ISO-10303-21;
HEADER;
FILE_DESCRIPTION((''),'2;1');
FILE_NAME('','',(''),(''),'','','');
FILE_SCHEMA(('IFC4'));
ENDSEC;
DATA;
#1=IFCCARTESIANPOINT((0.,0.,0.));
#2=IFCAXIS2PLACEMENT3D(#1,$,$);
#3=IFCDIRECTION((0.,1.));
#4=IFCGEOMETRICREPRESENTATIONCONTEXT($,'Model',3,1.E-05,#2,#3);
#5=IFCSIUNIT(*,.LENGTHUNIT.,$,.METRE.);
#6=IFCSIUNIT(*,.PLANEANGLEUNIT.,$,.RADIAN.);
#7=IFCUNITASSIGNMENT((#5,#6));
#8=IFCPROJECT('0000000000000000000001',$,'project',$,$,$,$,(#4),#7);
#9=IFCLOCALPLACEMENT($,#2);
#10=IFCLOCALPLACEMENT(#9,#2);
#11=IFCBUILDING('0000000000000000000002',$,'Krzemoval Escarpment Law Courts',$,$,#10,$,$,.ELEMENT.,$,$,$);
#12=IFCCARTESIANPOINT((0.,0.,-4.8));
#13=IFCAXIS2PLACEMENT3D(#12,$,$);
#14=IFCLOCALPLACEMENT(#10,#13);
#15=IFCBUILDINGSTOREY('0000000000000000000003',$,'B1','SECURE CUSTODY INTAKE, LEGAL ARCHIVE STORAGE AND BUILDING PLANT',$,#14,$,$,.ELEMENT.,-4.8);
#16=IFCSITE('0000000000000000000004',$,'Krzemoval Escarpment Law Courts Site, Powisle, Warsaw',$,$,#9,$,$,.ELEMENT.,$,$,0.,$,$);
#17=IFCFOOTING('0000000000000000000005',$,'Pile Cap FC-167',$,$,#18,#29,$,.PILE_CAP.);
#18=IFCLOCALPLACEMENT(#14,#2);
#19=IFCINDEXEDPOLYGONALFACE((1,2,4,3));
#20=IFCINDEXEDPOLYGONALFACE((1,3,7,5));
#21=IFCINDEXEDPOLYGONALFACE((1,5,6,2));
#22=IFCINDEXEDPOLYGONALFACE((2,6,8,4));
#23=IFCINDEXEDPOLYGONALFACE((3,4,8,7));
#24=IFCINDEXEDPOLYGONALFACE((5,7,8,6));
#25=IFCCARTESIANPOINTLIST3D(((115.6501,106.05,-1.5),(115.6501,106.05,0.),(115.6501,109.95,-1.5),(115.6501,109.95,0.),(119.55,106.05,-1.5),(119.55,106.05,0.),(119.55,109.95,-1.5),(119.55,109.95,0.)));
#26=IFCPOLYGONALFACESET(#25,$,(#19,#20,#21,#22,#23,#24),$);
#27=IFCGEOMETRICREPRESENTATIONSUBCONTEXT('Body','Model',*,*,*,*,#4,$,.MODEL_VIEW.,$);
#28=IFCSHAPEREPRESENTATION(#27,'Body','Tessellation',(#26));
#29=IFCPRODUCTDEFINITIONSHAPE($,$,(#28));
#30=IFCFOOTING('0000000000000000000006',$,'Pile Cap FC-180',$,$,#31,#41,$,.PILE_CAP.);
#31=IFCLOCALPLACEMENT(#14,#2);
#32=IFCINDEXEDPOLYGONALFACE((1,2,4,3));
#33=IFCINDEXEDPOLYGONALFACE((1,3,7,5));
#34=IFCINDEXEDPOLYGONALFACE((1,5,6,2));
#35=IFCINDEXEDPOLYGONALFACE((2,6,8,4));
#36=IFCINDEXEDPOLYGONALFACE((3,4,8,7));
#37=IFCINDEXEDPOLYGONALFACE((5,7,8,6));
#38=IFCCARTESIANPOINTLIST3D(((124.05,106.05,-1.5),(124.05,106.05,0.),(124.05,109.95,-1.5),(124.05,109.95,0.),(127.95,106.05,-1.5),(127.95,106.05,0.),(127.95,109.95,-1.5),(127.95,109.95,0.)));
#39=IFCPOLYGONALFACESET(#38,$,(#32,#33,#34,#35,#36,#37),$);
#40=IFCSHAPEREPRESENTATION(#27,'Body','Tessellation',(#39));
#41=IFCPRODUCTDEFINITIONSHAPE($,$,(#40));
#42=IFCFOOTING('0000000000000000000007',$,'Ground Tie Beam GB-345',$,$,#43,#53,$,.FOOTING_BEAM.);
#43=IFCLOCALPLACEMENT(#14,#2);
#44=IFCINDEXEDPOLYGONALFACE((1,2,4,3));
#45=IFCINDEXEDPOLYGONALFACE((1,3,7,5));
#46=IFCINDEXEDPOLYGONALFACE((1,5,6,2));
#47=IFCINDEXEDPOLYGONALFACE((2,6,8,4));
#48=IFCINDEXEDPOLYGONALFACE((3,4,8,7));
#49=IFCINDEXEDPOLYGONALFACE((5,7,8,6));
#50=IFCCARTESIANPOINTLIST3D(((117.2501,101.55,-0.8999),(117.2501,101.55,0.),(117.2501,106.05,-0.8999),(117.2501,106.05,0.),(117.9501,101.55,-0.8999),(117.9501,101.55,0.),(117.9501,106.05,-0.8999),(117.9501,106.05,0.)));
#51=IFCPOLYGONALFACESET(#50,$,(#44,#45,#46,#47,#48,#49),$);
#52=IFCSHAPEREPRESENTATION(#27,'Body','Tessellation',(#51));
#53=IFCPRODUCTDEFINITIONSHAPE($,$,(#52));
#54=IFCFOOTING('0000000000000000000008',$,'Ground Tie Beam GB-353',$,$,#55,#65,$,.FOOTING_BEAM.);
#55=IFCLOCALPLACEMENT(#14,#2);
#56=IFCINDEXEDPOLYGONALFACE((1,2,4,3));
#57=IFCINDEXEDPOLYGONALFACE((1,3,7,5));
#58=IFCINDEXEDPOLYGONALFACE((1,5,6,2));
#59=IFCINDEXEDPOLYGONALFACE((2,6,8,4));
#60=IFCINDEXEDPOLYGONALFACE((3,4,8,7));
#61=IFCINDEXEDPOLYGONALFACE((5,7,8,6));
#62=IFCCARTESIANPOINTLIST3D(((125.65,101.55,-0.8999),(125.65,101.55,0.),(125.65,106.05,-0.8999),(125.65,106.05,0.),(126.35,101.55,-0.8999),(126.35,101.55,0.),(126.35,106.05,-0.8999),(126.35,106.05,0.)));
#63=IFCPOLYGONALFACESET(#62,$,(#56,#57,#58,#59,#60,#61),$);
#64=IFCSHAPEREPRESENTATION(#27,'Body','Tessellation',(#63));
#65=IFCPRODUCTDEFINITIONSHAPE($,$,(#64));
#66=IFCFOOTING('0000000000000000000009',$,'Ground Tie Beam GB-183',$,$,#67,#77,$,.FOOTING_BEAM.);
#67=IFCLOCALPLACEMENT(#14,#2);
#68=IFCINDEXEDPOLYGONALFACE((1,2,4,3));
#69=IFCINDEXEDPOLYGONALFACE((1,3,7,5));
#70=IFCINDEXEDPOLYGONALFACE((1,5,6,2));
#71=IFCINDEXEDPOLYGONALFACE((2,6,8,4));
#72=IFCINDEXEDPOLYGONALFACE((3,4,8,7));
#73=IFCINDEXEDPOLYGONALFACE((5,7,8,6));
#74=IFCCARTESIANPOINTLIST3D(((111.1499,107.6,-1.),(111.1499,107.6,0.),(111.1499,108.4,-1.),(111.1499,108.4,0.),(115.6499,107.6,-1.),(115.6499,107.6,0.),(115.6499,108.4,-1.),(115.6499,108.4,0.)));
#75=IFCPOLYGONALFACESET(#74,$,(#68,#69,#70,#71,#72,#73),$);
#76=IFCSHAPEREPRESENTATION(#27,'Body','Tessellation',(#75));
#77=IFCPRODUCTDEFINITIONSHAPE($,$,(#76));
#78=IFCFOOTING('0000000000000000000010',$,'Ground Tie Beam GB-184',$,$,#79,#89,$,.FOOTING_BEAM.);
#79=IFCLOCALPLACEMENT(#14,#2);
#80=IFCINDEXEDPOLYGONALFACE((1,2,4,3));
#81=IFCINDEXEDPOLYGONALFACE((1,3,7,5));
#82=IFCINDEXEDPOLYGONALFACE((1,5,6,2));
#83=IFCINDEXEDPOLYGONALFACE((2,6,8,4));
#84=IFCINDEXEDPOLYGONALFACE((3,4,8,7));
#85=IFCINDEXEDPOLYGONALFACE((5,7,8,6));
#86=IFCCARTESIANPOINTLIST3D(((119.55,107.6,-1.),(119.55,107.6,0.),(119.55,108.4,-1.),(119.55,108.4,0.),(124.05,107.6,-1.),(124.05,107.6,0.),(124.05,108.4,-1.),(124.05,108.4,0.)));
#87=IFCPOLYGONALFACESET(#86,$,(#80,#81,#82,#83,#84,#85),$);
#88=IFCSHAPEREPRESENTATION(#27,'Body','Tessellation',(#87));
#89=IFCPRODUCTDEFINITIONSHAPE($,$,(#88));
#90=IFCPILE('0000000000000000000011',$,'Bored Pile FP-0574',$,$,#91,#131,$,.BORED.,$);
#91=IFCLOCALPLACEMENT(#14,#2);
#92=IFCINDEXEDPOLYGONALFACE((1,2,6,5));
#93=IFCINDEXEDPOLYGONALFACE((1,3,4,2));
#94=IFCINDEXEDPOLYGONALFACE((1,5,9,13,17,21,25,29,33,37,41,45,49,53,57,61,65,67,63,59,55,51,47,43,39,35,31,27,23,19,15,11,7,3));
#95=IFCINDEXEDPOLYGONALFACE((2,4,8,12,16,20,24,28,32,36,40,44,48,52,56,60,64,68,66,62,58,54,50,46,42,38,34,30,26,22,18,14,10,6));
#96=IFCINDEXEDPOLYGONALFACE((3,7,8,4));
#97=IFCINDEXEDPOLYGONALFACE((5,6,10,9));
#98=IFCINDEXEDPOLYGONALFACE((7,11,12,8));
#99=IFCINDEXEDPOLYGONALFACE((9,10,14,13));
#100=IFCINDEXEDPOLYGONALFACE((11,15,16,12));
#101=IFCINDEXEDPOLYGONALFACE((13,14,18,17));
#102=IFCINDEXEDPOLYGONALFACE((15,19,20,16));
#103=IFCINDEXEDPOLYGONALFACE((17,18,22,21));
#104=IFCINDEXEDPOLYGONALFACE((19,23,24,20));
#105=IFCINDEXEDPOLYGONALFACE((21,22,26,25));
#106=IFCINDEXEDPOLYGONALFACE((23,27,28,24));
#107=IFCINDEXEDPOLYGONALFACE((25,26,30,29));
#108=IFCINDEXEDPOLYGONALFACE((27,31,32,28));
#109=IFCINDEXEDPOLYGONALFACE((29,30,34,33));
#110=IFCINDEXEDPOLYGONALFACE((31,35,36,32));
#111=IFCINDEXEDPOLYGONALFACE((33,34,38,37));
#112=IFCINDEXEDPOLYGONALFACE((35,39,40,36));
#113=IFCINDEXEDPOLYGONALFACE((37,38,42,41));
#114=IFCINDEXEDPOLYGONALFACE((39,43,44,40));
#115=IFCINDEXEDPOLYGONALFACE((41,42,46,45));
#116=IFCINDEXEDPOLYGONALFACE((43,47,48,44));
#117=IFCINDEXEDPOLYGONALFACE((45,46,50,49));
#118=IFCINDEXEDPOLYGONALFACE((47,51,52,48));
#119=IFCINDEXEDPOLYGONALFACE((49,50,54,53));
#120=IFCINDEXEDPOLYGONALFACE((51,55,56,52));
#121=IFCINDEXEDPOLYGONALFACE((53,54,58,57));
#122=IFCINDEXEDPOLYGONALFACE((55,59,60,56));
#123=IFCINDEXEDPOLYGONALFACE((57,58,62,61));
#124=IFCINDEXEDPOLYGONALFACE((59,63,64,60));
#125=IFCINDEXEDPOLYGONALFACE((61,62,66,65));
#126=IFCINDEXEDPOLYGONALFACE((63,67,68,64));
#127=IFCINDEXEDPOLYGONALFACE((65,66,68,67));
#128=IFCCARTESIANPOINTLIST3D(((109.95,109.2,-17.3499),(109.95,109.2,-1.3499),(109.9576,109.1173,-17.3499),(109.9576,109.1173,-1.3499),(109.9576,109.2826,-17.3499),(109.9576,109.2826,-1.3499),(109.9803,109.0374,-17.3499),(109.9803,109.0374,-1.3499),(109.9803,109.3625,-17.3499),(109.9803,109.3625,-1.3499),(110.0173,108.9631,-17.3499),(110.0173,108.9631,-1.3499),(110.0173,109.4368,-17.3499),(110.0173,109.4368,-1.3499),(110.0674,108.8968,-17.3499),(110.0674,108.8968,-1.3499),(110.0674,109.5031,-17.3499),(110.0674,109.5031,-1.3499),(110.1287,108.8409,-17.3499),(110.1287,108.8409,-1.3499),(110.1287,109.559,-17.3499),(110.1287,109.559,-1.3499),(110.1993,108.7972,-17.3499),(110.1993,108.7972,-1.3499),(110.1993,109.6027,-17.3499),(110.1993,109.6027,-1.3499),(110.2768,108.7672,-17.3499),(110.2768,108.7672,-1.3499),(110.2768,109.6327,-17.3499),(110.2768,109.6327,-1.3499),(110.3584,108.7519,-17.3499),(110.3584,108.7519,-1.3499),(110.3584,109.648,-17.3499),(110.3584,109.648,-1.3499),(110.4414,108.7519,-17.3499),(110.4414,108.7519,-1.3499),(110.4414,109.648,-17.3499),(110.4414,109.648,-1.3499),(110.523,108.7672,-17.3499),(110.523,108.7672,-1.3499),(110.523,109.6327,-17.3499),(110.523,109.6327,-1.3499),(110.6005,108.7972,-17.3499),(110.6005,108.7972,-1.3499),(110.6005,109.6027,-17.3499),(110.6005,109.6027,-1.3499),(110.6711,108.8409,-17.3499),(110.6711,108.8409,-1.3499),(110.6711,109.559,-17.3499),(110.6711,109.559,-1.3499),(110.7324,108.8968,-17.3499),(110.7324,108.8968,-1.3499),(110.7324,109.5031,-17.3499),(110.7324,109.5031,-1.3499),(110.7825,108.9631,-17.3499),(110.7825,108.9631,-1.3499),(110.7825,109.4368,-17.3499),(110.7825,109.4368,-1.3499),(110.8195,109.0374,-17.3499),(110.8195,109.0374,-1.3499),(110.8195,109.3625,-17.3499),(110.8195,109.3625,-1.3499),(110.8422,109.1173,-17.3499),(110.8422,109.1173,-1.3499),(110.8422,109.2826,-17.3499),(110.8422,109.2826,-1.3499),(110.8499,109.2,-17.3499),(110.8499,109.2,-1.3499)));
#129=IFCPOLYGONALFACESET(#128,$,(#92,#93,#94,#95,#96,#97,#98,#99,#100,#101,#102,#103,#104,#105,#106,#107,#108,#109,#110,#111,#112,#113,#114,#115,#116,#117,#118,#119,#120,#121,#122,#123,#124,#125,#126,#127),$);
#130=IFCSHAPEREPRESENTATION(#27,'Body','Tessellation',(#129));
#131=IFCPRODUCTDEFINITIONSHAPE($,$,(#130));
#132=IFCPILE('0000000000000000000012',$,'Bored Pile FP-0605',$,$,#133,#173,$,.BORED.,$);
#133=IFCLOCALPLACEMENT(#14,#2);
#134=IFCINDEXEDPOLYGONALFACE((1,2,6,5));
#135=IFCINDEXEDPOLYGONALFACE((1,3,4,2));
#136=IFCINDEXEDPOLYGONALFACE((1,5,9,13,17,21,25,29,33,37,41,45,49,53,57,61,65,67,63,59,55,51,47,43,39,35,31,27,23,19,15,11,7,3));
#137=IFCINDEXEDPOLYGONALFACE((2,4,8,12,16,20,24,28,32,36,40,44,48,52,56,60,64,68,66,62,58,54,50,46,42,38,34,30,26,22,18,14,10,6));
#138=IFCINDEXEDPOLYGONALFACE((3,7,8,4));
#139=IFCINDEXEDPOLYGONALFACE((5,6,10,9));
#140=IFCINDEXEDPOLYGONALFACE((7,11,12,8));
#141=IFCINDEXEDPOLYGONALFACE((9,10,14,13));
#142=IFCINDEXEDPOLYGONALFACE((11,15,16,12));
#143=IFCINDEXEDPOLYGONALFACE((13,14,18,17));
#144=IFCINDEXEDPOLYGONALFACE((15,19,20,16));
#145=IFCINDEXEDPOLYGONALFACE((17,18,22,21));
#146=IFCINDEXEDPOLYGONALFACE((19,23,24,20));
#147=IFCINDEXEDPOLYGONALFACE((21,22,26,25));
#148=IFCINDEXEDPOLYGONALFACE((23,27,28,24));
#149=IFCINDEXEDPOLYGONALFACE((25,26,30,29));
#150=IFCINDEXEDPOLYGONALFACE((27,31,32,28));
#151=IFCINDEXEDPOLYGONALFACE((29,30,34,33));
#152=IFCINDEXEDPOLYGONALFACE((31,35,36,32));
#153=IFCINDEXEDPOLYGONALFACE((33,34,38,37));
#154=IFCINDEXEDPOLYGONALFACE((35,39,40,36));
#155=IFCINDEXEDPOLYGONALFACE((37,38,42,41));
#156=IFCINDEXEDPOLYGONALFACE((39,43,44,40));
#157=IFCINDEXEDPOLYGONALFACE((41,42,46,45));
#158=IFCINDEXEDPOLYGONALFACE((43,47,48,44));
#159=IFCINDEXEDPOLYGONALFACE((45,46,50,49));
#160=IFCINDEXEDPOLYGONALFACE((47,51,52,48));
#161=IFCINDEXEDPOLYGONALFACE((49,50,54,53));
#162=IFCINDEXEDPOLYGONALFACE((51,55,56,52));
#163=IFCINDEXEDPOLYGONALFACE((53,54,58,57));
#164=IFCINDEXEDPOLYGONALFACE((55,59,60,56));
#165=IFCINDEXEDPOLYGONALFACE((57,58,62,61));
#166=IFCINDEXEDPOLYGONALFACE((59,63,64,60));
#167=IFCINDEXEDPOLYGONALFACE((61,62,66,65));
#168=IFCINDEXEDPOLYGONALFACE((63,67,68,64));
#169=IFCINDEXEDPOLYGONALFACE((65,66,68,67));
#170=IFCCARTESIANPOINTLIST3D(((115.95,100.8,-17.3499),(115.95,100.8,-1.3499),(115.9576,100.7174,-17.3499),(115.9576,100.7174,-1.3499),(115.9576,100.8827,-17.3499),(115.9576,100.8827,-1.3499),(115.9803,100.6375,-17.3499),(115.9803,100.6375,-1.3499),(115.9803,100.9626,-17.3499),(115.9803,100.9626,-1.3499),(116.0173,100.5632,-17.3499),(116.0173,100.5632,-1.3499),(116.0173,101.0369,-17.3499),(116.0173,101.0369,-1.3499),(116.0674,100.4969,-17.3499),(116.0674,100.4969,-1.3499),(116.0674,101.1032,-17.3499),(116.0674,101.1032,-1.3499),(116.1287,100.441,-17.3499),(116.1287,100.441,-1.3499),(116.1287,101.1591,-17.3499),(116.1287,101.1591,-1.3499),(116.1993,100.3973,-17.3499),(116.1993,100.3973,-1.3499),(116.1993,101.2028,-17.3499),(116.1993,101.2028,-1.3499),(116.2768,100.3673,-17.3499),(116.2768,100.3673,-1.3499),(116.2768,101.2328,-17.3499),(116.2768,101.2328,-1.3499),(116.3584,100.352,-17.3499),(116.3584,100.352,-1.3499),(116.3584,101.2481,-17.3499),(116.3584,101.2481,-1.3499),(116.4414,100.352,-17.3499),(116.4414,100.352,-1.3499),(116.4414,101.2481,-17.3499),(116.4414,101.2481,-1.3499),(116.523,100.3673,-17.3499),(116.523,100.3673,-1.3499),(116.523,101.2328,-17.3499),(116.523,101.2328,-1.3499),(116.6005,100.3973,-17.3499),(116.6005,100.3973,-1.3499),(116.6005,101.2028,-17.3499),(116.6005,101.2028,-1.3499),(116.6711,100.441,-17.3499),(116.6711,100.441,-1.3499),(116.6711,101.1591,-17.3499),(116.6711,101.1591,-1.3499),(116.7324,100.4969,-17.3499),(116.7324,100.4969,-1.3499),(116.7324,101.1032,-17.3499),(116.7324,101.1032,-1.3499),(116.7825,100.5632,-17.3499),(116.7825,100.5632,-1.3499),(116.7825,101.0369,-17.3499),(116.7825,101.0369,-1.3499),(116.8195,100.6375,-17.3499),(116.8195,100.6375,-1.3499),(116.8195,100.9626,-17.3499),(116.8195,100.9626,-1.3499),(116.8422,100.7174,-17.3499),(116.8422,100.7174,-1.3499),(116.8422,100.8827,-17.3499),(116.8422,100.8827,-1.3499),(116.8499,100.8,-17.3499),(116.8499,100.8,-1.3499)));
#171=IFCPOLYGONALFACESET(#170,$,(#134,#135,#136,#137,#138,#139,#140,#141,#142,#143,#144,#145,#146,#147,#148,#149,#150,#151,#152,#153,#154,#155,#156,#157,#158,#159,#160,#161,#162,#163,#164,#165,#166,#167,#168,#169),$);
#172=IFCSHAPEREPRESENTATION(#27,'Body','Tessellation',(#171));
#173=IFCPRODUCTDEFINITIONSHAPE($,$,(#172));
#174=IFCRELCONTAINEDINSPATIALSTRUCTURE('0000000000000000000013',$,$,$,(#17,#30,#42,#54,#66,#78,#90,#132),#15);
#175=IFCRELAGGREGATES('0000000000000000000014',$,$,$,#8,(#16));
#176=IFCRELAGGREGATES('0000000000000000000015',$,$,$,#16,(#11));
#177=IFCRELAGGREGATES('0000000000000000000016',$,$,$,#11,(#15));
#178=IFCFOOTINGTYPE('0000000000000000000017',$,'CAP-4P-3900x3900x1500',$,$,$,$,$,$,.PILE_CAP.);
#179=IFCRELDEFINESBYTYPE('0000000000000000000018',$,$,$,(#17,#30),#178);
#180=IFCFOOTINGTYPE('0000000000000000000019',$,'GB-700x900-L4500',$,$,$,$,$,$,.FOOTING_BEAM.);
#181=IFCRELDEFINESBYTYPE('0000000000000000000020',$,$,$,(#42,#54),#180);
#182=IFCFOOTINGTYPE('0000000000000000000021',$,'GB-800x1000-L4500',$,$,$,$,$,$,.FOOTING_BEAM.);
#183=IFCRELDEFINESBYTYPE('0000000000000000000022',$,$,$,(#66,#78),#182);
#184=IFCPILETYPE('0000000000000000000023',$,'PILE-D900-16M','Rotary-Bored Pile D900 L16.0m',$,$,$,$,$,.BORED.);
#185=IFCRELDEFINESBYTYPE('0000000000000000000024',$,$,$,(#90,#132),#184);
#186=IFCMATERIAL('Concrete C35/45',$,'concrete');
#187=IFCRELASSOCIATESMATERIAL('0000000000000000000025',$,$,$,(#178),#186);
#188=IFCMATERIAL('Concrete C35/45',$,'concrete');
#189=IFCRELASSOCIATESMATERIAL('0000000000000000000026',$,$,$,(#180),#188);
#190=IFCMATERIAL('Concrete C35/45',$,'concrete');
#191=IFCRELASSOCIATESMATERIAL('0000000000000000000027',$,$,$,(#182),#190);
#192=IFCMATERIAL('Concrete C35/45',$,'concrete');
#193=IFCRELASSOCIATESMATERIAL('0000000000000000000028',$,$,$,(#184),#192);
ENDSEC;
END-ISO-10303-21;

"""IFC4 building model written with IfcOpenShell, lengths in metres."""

from ifc_helpers import new_model, si_unit, direction, frame, origin, origin_2d, place, context, subcontext, project, spatial, rectangle, circle, extrude, material, material_profile, profile_set, type_object, element, save


model = new_model("IFC4")

# Units and contexts
model_context = context("Model", 3, precision=1e-05, world=origin(), true_north=direction((0.0, 1.0)))
body_context = subcontext(model_context, "Body", "Model", "MODEL_VIEW")
ifc_project = project(units=[si_unit("LENGTHUNIT", "METRE"), si_unit("PLANEANGLEUNIT", "RADIAN")], contexts=[model_context])

# Site, building, storey
site_placement = place(None, origin())
site = spatial("IfcSite", under=ifc_project, at=site_placement, Name="Krzemoval Escarpment Law Courts Site, Powisle, Warsaw", CompositionType="ELEMENT", RefElevation=0.0)
building_placement = place(site_placement, origin())
building = spatial("IfcBuilding", under=site, at=building_placement, Name="Krzemoval Escarpment Law Courts", CompositionType="ELEMENT")
storey_placement = place(building_placement, frame((0.0, 0.0, -4.8)))
storey = spatial("IfcBuildingStorey", under=building, at=storey_placement, Name="B1", Description="SECURE CUSTODY INTAKE, LEGAL ARCHIVE STORAGE AND BUILDING PLANT", CompositionType="ELEMENT", Elevation=-4.8)

# Footings
ifc_material_1 = material(Name="Concrete C35/45", Category="concrete")
footing_type_1 = type_object("IfcFootingType", Name="CAP-4P-3900x3900x1500", PredefinedType="PILE_CAP", material=ifc_material_1)
for number, where, z_axis, x_axis, name in (
    (1, (117.6001, 108.0, -1.5), (0.0, 0.0, 1.0), (1.0, 0.0, 0.0), "Pile Cap FC-167"),
    (2, (126.0, 108.0, -1.5), (0.0, 0.0, 1.0), (1.0, 0.0, 0.0), "Pile Cap FC-180"),
):
    element("IfcFooting", number, at=place(storey_placement, frame(where, z_axis=z_axis, x_axis=x_axis)), inside=storey, type_object=footing_type_1, Name=name, PredefinedType="PILE_CAP", context=body_context, shape_type="SweptSolid", body=[
        extrude(rectangle(XDim=3.8999, YDim=3.8999, at=origin_2d()), origin(), (0.0, 0.0, 1.0), 1.5),
    ])
ifc_material_2 = material(Name="Concrete C35/45", Category="concrete")
footing_type_2 = type_object("IfcFootingType", Name="GB-700x900-L4500", PredefinedType="FOOTING_BEAM", material=ifc_material_2)
for number, where, z_axis, x_axis, name in (
    (3, (117.6001, 103.8, -0.8999), (0.0, 0.0, 1.0), (0.0, 1.0, 0.0), "Ground Tie Beam GB-345"),
    (4, (126.0, 103.8, -0.8999), (0.0, 0.0, 1.0), (0.0, 1.0, 0.0), "Ground Tie Beam GB-353"),
):
    element("IfcFooting", number, at=place(storey_placement, frame(where, z_axis=z_axis, x_axis=x_axis)), inside=storey, type_object=footing_type_2, Name=name, PredefinedType="FOOTING_BEAM", context=body_context, shape_type="SweptSolid", body=[
        extrude(rectangle(XDim=4.5, YDim=0.7, at=origin_2d()), origin(), (0.0, 0.0, 1.0), 0.8999),
    ])
ifc_material_3 = material(Name="Concrete C35/45", Category="concrete")
footing_type_3 = type_object("IfcFootingType", Name="GB-800x1000-L4500", PredefinedType="FOOTING_BEAM", material=ifc_material_3)
for number, where, z_axis, x_axis, name in (
    (5, (113.3999, 108.0, -1.0), (0.0, 0.0, 1.0), (1.0, 0.0, 0.0), "Ground Tie Beam GB-183"),
    (6, (121.8, 108.0, -1.0), (0.0, 0.0, 1.0), (1.0, 0.0, 0.0), "Ground Tie Beam GB-184"),
):
    element("IfcFooting", number, at=place(storey_placement, frame(where, z_axis=z_axis, x_axis=x_axis)), inside=storey, type_object=footing_type_3, Name=name, PredefinedType="FOOTING_BEAM", context=body_context, shape_type="SweptSolid", body=[
        extrude(rectangle(XDim=4.5, YDim=0.8, at=origin_2d()), origin(), (0.0, 0.0, 1.0), 1.0),
    ])

# Piles
ifc_material_4 = material(Name="Concrete C35/45", Category="concrete")
ifc_material_profile_1 = material_profile(ifc_material_4, circle(Radius=0.45, at=origin_2d()), Name="PILE D900")
ifc_profile_set_1 = profile_set([ifc_material_profile_1], Name="Concrete C35/45")
pile_type = type_object("IfcPileType", Name="PILE-D900-16M", Description="Rotary-Bored Pile D900 L16.0m", PredefinedType="BORED", material=ifc_profile_set_1)
for number, where, z_axis, x_axis, name in (
    (7, (110.3999, 109.2, -1.3499), (0.0, 0.0, -1.0), (1.0, 0.0, 0.0), "Bored Pile FP-0574"),
    (8, (116.3999, 100.8, -1.3499), (0.0, 0.0, -1.0), (1.0, 0.0, 0.0), "Bored Pile FP-0605"),
):
    element("IfcPile", number, at=place(storey_placement, frame(where, z_axis=z_axis, x_axis=x_axis)), inside=storey, type_object=pile_type, Name=name, PredefinedType="BORED", context=body_context, shape_type="SweptSolid", body=[
        extrude(circle(Radius=0.45, at=origin_2d()), origin(), (0.0, 0.0, 1.0), 16.0),
    ])

save(model, "model.ifc")
